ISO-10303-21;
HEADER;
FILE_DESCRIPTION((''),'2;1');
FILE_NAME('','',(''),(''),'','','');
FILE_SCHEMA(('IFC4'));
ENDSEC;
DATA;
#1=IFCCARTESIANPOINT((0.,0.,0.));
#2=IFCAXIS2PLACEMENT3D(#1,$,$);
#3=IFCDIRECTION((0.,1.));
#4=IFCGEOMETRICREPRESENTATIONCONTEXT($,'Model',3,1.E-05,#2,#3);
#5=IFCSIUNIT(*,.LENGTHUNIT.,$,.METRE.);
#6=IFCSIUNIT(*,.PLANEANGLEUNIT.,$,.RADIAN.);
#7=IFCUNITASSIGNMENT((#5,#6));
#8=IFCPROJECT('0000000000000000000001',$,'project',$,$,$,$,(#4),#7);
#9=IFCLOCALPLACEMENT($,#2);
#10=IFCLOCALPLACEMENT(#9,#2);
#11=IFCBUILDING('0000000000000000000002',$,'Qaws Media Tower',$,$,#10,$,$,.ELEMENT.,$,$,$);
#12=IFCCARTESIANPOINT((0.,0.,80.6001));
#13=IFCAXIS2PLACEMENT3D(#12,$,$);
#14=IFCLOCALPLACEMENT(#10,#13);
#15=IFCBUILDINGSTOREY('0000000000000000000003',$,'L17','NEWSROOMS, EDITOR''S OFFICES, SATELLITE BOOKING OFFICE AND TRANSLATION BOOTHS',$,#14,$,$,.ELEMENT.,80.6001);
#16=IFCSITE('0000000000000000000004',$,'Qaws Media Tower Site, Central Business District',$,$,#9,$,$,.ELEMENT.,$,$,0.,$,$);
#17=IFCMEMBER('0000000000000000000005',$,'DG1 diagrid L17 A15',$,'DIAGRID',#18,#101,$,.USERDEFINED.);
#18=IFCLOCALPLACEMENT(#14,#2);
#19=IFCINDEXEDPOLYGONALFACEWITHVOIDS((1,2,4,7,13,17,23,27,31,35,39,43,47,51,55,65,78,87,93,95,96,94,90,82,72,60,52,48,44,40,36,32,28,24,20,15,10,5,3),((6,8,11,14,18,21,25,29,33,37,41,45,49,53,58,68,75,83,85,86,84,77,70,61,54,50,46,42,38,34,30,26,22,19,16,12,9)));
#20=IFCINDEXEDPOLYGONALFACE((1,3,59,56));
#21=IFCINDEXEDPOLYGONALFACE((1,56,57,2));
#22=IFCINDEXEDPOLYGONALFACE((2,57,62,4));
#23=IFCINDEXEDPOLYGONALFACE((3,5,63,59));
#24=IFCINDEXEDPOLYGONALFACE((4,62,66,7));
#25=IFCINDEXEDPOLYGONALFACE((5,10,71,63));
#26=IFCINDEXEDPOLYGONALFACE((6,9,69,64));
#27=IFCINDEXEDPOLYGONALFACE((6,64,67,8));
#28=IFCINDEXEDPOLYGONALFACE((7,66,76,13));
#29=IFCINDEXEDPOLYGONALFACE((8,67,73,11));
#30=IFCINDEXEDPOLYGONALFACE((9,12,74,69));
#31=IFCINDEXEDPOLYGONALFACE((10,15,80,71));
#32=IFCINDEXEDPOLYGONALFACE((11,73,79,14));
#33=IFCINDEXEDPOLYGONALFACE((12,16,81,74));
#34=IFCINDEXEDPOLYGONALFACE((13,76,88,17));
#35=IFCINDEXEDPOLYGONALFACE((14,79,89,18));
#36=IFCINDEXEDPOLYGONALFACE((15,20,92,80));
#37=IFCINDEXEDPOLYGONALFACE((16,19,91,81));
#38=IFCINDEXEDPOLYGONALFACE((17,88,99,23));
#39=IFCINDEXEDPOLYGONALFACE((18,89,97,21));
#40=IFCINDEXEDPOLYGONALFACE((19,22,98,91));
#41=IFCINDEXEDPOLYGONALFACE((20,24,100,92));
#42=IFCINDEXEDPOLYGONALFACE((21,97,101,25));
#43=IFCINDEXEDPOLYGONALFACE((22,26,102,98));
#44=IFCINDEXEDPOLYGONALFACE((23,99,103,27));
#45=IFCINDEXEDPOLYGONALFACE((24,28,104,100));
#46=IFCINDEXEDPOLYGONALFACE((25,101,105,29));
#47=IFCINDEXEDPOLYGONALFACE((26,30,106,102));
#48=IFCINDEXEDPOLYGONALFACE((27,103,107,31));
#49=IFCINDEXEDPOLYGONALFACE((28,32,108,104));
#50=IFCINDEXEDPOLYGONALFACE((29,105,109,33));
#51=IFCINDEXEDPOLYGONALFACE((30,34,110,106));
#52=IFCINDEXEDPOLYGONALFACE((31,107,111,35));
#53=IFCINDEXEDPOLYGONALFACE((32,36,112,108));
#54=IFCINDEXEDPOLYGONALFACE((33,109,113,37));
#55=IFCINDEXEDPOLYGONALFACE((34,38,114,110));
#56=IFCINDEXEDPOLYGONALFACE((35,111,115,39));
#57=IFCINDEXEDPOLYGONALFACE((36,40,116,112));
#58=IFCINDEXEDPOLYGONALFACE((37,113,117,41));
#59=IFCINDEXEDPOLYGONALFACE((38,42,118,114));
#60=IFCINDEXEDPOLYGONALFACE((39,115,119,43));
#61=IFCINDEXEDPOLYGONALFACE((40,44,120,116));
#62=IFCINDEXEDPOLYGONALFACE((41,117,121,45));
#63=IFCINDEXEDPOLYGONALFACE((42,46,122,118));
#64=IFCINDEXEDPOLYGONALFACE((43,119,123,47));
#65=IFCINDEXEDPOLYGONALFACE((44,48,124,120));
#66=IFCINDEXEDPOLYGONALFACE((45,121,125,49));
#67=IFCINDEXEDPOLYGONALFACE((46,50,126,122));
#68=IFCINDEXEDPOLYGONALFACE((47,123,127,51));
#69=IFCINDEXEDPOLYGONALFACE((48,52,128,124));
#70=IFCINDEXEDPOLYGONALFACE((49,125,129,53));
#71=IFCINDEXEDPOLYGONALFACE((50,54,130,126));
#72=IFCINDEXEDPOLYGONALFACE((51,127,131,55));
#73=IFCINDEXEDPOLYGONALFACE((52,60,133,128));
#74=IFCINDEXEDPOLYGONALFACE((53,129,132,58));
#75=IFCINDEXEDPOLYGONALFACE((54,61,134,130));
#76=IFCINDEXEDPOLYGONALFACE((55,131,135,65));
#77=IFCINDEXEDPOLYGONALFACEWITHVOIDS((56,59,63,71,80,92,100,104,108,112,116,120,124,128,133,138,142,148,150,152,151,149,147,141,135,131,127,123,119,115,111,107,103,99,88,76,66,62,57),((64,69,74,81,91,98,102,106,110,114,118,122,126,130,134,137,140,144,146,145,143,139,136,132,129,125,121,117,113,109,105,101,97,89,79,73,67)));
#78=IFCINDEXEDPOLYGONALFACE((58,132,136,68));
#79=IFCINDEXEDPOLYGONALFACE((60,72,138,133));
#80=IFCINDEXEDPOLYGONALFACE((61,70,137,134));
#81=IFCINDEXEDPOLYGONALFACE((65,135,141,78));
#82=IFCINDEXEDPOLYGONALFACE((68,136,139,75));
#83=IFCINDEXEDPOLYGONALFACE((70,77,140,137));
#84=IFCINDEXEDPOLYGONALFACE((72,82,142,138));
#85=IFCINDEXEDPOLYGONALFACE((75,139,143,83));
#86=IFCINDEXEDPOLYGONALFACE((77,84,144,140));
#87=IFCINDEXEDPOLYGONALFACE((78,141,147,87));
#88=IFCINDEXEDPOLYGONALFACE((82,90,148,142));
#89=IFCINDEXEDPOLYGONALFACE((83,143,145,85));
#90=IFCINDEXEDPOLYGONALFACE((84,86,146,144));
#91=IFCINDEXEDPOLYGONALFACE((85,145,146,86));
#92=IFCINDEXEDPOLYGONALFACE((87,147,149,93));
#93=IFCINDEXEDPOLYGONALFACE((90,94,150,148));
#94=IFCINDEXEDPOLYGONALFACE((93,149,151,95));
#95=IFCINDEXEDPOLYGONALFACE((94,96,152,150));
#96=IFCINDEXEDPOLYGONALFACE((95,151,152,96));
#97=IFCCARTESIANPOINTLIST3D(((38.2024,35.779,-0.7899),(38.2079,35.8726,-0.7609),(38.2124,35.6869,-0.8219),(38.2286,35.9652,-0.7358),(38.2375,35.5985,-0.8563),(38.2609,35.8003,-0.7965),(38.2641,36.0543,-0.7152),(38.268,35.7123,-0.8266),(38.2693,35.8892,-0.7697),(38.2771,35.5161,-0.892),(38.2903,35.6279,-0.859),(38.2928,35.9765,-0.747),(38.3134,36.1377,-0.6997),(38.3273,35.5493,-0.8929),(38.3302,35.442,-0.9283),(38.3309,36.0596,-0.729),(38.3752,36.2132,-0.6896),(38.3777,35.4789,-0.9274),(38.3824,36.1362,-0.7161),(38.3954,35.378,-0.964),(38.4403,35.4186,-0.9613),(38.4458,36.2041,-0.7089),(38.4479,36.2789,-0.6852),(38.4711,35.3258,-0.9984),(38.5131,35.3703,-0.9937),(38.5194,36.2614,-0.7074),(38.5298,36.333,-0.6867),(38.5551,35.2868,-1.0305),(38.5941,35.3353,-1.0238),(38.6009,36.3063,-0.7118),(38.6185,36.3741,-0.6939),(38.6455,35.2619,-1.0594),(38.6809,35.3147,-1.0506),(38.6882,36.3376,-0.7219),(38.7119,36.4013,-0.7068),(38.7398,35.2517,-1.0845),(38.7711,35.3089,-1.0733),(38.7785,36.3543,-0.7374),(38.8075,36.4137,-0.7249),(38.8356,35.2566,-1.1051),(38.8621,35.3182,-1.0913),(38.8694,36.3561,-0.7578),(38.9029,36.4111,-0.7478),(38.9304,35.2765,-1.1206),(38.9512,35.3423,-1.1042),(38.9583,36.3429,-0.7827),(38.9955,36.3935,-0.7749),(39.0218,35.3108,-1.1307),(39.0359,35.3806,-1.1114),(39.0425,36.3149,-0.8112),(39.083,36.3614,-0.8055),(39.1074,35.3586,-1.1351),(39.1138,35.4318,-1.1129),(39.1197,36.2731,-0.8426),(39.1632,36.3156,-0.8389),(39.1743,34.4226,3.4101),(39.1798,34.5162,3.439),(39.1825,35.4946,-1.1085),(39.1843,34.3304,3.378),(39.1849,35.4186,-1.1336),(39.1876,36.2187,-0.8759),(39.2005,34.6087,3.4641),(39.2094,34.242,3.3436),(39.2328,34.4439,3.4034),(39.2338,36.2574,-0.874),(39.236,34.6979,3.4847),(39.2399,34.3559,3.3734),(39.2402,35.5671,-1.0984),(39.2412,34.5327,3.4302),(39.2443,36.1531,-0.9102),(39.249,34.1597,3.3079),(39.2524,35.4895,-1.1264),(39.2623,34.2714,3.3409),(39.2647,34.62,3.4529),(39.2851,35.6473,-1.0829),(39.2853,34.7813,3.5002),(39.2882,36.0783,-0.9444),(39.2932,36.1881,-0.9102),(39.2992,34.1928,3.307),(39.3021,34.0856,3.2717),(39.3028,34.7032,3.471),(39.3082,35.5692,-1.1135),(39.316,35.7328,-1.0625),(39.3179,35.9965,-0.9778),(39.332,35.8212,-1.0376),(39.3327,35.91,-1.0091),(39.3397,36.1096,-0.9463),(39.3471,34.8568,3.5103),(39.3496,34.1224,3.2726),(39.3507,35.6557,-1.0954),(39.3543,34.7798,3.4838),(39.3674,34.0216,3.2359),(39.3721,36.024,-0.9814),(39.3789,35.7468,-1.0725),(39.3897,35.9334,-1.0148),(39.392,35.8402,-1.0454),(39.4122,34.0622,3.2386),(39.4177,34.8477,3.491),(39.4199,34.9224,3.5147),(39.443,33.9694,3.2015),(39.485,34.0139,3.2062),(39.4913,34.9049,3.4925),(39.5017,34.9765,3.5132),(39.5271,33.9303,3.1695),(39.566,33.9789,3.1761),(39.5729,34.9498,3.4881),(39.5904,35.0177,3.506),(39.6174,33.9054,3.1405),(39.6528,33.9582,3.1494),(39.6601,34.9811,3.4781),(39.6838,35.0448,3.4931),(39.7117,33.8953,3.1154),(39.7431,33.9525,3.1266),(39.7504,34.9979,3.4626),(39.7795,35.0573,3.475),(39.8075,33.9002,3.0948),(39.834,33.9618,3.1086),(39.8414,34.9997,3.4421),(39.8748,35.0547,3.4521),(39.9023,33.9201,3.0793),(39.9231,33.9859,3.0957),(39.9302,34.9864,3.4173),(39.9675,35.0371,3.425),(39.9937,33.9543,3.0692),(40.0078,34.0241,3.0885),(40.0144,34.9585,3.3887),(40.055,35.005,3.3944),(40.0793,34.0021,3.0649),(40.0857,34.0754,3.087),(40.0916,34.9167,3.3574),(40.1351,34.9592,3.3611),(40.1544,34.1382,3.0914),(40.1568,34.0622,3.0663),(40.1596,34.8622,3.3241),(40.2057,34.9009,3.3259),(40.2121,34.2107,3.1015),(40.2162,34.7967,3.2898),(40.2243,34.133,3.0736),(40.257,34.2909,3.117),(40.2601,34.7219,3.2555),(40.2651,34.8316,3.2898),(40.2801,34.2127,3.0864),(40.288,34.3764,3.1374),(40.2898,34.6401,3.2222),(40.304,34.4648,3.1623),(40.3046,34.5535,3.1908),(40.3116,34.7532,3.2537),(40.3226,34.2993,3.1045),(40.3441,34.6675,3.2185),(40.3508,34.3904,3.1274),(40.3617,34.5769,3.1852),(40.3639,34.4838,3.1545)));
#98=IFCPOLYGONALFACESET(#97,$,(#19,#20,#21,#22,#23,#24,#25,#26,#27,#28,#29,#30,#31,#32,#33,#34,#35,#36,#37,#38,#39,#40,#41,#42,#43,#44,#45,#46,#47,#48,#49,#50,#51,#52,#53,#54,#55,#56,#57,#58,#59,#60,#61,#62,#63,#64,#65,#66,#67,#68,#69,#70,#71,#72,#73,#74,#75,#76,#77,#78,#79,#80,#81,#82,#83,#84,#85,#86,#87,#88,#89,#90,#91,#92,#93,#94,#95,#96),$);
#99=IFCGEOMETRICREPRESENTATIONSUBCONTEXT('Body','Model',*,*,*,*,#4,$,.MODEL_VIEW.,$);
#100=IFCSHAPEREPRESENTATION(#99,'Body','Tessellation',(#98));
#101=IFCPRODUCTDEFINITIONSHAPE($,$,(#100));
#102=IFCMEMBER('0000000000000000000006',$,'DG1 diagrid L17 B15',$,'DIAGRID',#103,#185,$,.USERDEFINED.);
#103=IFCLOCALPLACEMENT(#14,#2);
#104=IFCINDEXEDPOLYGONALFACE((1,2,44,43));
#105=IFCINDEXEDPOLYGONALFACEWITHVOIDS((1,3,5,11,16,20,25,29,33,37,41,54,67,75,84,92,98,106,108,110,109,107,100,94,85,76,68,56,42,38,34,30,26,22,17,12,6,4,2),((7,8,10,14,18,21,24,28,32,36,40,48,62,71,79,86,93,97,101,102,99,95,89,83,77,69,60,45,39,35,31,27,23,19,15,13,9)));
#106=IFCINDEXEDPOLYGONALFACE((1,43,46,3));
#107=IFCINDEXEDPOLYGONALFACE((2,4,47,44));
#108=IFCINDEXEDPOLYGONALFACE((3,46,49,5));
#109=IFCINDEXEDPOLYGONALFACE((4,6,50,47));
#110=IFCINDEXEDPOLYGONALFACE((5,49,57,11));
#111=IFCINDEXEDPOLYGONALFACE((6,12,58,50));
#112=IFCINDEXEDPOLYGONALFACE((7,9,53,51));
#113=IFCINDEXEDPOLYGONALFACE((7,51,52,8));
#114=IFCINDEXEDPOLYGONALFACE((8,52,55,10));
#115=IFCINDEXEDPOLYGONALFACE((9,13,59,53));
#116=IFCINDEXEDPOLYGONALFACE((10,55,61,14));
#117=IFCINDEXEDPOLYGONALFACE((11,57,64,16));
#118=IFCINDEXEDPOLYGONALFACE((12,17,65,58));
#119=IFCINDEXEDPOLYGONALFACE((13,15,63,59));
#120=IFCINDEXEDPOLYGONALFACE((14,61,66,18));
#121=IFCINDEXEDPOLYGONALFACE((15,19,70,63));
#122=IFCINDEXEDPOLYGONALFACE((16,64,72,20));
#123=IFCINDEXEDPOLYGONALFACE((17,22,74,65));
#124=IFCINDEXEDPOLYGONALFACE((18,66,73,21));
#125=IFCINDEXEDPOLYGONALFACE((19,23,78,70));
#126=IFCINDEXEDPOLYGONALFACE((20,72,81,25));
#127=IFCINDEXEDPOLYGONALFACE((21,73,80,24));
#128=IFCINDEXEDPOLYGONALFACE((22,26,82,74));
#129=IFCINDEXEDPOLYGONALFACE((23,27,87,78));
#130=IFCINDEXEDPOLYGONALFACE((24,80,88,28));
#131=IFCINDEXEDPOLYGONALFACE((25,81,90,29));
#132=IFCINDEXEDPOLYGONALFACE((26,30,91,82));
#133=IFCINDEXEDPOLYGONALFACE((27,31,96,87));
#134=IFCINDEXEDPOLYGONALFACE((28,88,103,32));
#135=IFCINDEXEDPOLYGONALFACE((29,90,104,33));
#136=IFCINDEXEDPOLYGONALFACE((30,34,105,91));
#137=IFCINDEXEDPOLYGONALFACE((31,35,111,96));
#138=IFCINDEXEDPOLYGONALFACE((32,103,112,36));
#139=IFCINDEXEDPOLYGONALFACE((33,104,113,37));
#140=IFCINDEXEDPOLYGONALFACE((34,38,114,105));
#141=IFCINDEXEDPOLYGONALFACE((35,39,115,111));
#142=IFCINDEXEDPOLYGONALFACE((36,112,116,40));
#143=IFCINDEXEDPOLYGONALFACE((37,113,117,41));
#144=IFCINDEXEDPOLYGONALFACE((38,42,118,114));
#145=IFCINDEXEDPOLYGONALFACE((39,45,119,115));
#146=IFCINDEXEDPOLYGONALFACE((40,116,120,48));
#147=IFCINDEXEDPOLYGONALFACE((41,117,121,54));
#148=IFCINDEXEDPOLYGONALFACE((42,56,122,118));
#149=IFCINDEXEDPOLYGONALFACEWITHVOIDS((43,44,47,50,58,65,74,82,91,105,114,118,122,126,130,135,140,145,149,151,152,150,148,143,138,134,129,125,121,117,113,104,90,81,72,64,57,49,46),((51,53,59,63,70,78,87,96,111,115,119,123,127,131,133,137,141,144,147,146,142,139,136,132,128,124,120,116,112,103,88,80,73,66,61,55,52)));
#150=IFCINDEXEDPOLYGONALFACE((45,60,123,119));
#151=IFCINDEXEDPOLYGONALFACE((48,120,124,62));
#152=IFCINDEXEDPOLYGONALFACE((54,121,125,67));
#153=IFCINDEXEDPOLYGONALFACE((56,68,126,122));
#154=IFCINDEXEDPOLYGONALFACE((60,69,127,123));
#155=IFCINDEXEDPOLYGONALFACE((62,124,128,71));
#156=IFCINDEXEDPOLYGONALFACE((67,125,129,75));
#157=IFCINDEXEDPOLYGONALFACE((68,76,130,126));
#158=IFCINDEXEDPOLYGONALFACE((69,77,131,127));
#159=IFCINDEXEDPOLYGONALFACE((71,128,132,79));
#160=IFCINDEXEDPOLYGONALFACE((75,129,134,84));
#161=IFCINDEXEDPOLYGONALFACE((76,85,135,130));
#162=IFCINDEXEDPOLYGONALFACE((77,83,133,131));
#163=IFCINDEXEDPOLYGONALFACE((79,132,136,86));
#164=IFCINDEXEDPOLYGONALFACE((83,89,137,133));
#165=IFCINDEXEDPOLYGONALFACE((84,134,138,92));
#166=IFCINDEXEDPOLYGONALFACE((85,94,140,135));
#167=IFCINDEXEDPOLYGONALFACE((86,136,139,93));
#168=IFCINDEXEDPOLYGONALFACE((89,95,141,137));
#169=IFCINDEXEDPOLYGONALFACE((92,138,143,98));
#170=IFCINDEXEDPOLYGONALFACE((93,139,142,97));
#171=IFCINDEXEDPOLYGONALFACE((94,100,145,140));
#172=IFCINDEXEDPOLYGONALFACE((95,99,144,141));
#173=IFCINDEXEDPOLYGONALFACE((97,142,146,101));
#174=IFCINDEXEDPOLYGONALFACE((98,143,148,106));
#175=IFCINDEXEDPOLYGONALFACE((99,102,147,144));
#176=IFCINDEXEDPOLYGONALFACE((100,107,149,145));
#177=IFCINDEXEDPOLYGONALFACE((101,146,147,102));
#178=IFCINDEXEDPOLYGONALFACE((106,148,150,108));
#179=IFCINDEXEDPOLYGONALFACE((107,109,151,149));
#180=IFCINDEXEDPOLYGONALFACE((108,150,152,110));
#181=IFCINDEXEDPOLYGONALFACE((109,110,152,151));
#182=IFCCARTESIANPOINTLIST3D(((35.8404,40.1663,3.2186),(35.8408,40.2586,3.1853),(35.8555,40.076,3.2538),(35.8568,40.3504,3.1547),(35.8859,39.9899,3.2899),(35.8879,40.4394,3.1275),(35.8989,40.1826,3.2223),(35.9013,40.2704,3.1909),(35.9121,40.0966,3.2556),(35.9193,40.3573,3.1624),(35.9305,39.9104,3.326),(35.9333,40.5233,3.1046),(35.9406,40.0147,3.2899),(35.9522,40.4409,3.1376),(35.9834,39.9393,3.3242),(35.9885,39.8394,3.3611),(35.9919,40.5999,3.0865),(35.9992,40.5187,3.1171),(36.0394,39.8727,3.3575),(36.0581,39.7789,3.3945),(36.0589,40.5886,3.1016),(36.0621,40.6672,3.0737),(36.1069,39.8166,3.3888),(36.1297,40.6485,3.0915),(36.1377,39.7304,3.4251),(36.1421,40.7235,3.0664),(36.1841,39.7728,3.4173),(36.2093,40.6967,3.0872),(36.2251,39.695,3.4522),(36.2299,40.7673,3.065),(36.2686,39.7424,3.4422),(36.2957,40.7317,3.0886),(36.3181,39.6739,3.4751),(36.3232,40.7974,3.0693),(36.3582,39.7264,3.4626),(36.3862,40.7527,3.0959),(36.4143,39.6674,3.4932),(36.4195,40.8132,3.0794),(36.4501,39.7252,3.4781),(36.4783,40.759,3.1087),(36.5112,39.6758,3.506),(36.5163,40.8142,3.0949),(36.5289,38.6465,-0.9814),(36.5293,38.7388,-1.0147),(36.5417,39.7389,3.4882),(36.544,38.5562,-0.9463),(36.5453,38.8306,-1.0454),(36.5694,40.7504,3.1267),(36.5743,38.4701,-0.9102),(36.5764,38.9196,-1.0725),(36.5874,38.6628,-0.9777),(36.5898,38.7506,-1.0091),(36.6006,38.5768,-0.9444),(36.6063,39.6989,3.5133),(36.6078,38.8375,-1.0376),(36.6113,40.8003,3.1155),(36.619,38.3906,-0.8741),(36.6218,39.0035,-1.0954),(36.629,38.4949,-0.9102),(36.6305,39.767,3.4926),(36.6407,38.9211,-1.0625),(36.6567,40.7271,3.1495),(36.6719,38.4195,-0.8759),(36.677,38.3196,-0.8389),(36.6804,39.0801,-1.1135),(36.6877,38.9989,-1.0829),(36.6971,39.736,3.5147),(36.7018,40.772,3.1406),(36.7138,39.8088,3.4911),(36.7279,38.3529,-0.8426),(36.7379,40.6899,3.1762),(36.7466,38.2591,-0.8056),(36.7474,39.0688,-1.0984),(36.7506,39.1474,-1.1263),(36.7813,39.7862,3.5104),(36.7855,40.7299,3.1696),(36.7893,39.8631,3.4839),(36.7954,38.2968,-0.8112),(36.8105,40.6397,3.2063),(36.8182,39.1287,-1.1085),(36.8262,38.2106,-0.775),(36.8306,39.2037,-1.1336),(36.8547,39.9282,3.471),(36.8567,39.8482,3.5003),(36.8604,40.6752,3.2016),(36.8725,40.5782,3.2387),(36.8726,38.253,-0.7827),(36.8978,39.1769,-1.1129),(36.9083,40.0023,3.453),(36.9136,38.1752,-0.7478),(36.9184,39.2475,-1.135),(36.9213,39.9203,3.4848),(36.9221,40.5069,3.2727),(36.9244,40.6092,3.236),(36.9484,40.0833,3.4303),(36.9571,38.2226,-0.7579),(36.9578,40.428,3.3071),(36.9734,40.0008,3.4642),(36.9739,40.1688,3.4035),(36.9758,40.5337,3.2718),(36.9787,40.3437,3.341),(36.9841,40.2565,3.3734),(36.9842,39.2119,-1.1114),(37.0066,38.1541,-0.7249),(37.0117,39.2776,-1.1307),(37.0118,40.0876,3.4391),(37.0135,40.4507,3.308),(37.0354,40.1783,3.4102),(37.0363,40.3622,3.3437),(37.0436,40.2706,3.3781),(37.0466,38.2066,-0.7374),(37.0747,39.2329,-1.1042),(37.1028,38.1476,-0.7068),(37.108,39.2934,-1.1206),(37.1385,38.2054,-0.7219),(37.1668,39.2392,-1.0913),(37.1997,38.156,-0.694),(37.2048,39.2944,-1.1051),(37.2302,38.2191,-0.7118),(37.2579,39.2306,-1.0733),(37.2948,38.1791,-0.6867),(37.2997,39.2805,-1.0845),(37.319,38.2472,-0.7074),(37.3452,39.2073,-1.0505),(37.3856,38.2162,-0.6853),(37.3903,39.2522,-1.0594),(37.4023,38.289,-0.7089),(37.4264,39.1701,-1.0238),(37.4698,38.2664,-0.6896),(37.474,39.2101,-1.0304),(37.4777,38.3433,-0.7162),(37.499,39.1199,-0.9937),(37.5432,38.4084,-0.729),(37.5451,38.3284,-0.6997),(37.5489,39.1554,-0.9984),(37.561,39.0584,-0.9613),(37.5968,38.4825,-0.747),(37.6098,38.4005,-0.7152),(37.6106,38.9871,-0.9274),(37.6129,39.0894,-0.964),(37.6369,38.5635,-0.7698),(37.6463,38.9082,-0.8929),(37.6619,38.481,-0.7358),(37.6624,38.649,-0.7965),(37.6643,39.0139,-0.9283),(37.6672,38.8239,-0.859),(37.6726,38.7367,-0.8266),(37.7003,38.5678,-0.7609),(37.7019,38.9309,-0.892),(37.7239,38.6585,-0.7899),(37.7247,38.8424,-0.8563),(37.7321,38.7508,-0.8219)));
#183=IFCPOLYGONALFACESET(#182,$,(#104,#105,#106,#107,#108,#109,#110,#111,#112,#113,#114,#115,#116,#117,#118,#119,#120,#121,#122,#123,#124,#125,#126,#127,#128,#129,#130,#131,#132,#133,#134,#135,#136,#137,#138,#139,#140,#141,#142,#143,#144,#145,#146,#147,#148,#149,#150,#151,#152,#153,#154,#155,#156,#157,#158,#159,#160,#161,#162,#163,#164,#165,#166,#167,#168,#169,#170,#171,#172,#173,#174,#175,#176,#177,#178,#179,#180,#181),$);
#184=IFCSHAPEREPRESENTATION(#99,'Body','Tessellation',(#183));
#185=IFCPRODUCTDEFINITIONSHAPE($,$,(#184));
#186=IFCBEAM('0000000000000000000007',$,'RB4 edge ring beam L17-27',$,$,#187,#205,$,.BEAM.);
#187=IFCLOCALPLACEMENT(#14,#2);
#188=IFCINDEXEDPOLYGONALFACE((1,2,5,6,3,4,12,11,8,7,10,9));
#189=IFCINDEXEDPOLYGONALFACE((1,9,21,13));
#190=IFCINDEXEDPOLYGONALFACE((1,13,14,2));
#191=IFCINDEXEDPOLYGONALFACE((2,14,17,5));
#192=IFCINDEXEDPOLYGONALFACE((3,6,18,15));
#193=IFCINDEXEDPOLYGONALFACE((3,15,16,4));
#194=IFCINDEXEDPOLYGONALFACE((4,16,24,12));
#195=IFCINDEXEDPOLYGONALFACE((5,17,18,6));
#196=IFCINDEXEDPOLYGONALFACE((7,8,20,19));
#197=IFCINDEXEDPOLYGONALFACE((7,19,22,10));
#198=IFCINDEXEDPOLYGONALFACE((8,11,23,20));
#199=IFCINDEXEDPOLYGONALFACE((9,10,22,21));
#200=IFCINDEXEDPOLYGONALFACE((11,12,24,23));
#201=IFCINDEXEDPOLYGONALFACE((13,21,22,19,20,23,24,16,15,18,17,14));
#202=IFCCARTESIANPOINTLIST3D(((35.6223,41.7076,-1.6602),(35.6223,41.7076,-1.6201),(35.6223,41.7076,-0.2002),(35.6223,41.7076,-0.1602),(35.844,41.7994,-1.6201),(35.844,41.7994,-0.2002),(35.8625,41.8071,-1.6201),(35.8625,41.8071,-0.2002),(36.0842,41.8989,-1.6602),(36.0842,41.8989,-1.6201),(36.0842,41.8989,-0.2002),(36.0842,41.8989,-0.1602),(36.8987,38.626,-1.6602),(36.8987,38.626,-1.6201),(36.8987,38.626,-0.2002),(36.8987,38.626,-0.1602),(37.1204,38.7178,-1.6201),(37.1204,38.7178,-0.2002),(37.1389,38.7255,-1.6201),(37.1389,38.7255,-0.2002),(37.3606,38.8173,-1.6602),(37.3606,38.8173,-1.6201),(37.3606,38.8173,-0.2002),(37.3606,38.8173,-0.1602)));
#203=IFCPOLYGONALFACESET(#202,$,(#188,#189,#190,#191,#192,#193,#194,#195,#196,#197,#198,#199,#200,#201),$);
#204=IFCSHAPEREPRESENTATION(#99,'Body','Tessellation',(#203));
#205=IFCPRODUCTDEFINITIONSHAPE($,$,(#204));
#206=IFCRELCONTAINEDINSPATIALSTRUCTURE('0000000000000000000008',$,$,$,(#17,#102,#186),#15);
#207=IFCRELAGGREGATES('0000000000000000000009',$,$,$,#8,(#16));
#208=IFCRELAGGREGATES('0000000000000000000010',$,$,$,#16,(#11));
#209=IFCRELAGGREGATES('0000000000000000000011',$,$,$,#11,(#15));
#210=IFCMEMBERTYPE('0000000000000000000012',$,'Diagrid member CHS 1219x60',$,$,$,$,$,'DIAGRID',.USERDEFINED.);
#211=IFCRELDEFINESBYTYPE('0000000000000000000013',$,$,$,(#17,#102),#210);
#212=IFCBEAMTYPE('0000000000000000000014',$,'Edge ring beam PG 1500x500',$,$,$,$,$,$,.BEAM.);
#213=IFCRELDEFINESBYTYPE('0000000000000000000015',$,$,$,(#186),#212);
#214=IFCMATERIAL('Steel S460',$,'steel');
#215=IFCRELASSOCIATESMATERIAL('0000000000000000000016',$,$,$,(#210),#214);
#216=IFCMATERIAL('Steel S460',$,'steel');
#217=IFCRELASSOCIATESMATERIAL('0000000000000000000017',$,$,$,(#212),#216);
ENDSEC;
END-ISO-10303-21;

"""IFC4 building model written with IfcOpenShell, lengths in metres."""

from ifc_helpers import new_model, si_unit, direction, frame, origin, origin_2d, place, context, subcontext, project, spatial, hollow_circle, i_section, extrude, material, material_profile, profile_set, type_object, element, save


model = new_model("IFC4")

# Units and contexts
model_context = context("Model", 3, precision=1e-05, world=origin(), true_north=direction((0.0, 1.0)))
body_context = subcontext(model_context, "Body", "Model", "MODEL_VIEW")
ifc_project = project(units=[si_unit("LENGTHUNIT", "METRE"), si_unit("PLANEANGLEUNIT", "RADIAN")], contexts=[model_context])

# Site, building, storey
site_placement = place(None, origin())
site = spatial("IfcSite", under=ifc_project, at=site_placement, Name="Qaws Media Tower Site, Central Business District", CompositionType="ELEMENT", RefElevation=0.0)
building_placement = place(site_placement, origin())
building = spatial("IfcBuilding", under=site, at=building_placement, Name="Qaws Media Tower", CompositionType="ELEMENT")
storey_placement = place(building_placement, frame((0.0, 0.0, 80.6001)))
storey = spatial("IfcBuildingStorey", under=building, at=storey_placement, Name="L17", Description="NEWSROOMS, EDITOR'S OFFICES, SATELLITE BOOKING OFFICE AND TRANSLATION BOOTHS", CompositionType="ELEMENT", Elevation=80.6001)

# Members
ifc_material_1 = material(Name="Steel S460", Category="steel")
ifc_material_profile_1 = material_profile(ifc_material_1, hollow_circle(Radius=0.6096, WallThickness=0.0601, at=origin_2d()), Name="CHS 1219x60")
ifc_profile_set_1 = profile_set([ifc_material_profile_1], Name="Steel S460")
member_type_1 = type_object("IfcMemberType", Name="Diagrid member CHS 1219x60", ElementType="DIAGRID", PredefinedType="USERDEFINED", material=ifc_profile_set_1)
for number, where, z_axis, x_axis, name in (
    (1, (38.7976, 35.833, -0.9102), (0.21506, -0.300144, 0.929334), (0.812873, 0.582442, 0.0), "DG1 diagrid L17 A15"),
    (2, (37.1296, 38.7217, -0.9102), (-0.152344, 0.336292, 0.929354), (-0.910892, -0.412645, 0.0), "DG1 diagrid L17 B15"),
):
    element("IfcMember", number, at=place(storey_placement, frame(where, z_axis=z_axis, x_axis=x_axis)), inside=storey, type_object=member_type_1, Name=name, ObjectType="DIAGRID", PredefinedType="USERDEFINED", context=body_context, shape_type="SweptSolid", body=[
        extrude(hollow_circle(Radius=0.6096, WallThickness=0.0601, at=origin_2d()), origin(), (0.0, 0.0, 1.0), 4.5193),
    ])

# Beam
ifc_material_2 = material(Name="Steel S460", Category="steel")
ifc_material_profile_2 = material_profile(ifc_material_2, i_section(OverallWidth=0.5, OverallDepth=1.5, WebThickness=0.02, FlangeThickness=0.04, at=origin_2d()), Name="PG 1500x500")
ifc_profile_set_2 = profile_set([ifc_material_profile_2], Name="Steel S460")
beam_type = type_object("IfcBeamType", Name="Edge ring beam PG 1500x500", PredefinedType="BEAM", material=ifc_profile_set_2)
beam_1_placement = place(storey_placement, frame((35.8533, 41.8032, -0.9102), z_axis=(0.382671, -0.923885, 0.0), x_axis=(0.923885, 0.382671, 0.0)))
element("IfcBeam", 3, at=beam_1_placement, inside=storey, type_object=beam_type, Name="RB4 edge ring beam L17-27", PredefinedType="BEAM", context=body_context, shape_type="SweptSolid", body=[
    extrude(i_section(OverallWidth=0.5, OverallDepth=1.5, WebThickness=0.02, FlangeThickness=0.04, at=origin_2d()), origin(), (0.0, 0.0, 1.0), 3.3354),
])

save(model, "model.ifc")
